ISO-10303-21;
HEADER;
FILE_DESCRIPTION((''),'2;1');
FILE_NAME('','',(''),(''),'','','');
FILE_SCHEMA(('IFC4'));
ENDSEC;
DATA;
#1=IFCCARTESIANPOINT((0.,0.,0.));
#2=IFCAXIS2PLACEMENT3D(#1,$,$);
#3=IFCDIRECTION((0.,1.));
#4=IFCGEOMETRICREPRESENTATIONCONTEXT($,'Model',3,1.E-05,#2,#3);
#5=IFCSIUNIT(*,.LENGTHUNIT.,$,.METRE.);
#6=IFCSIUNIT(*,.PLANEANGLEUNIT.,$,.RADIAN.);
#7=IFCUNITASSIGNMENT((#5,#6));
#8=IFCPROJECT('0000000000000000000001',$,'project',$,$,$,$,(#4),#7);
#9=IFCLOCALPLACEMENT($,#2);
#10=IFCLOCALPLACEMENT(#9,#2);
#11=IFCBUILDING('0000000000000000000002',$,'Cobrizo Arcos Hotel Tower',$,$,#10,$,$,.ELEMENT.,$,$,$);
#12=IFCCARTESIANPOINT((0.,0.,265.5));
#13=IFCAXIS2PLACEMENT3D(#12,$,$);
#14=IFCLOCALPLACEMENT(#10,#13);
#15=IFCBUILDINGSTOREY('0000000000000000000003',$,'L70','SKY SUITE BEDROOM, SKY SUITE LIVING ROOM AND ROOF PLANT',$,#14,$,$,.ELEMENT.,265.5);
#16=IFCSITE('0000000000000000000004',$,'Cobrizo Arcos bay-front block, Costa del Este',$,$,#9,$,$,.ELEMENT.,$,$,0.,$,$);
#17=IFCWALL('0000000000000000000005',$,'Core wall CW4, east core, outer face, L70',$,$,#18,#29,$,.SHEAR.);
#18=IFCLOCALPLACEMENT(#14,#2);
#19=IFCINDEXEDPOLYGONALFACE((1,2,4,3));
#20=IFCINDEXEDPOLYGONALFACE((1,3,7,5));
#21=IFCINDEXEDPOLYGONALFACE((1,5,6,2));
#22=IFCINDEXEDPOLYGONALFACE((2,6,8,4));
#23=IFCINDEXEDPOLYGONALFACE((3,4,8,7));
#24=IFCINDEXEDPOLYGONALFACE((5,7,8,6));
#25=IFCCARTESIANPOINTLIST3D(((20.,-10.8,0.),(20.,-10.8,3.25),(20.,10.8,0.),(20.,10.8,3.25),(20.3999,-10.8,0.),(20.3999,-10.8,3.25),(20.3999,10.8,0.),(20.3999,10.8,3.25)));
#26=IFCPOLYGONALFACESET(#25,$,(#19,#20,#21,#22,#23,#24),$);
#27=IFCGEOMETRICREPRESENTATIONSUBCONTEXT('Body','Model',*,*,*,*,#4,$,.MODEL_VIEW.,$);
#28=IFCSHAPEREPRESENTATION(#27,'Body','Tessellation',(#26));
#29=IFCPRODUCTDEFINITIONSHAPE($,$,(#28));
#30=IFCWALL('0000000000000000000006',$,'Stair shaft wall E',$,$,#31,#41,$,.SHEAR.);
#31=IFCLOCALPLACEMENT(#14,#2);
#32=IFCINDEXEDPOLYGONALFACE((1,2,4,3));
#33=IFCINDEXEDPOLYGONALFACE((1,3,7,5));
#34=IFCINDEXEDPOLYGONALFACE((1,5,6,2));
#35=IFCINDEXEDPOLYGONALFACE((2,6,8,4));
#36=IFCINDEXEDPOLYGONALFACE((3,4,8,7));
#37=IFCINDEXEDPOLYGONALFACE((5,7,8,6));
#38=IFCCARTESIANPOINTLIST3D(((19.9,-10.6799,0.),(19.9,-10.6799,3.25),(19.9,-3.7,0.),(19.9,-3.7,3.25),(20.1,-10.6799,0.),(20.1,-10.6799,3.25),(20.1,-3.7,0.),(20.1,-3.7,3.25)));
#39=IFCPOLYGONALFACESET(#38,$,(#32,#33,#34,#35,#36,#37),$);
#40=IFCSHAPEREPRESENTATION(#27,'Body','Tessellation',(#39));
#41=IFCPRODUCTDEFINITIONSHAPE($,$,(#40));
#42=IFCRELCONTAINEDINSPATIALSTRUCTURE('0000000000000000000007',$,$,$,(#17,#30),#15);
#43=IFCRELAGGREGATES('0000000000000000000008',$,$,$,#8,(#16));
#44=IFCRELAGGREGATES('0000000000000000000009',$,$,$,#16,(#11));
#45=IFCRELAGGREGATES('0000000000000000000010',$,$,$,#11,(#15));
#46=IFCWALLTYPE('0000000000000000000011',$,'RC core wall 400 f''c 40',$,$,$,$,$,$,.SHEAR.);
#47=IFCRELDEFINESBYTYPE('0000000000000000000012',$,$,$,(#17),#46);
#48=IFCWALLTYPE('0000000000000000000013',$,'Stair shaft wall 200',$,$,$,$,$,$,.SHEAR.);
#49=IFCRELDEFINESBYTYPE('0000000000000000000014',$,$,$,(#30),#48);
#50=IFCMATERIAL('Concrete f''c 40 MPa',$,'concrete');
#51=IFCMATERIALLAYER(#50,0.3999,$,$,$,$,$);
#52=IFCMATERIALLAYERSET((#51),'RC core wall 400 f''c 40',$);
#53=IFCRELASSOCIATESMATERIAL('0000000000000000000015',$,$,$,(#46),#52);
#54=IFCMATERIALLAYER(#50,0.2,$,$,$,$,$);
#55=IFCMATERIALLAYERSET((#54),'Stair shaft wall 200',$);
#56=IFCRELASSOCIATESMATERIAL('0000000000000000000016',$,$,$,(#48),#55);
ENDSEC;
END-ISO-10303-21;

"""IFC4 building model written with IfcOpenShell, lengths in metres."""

from ifc_helpers import new_model, si_unit, direction, frame, frame_2d, origin, place, context, subcontext, project, spatial, rectangle, extrude, material, layer, layer_set, type_object, element, save


model = new_model("IFC4")

# Units and contexts
model_context = context("Model", 3, precision=1e-05, world=origin(), true_north=direction((0.0, 1.0)))
body_context = subcontext(model_context, "Body", "Model", "MODEL_VIEW")
ifc_project = project(units=[si_unit("LENGTHUNIT", "METRE"), si_unit("PLANEANGLEUNIT", "RADIAN")], contexts=[model_context])

# Site, building, storey
site_placement = place(None, origin())
site = spatial("IfcSite", under=ifc_project, at=site_placement, Name="Cobrizo Arcos bay-front block, Costa del Este", CompositionType="ELEMENT", RefElevation=0.0)
building_placement = place(site_placement, origin())
building = spatial("IfcBuilding", under=site, at=building_placement, Name="Cobrizo Arcos Hotel Tower", CompositionType="ELEMENT")
storey_placement = place(building_placement, frame((0.0, 0.0, 265.5)))
storey = spatial("IfcBuildingStorey", under=building, at=storey_placement, Name="L70", Description="SKY SUITE BEDROOM, SKY SUITE LIVING ROOM AND ROOF PLANT", CompositionType="ELEMENT", Elevation=265.5)

# Shared definitions
ifc_material_1 = material(Name="Concrete f'c 40 MPa", Category="concrete")
ifc_layer_1 = layer(ifc_material_1, 0.3999)
ifc_layer_set_1 = layer_set([ifc_layer_1], Name="RC core wall 400 f'c 40")
wall_type_1 = type_object("IfcWallType", Name="RC core wall 400 f'c 40", PredefinedType="SHEAR", material=ifc_layer_set_1)

# Walls
wall_1_placement = place(storey_placement, frame((20.2, -10.8, 0.0), z_axis=(0.0, 0.0, 1.0), x_axis=(0.0, 1.0, 0.0)))
element("IfcWall", 1, at=wall_1_placement, inside=storey, type_object=wall_type_1, Name="Core wall CW4, east core, outer face, L70", PredefinedType="SHEAR", context=body_context, shape_type="SweptSolid", body=[
    extrude(rectangle(XDim=21.6001, YDim=0.3999, at=frame_2d((10.8, 0.0))), origin(), (0.0, 0.0, 1.0), 3.25),
])
ifc_layer_2 = layer(ifc_material_1, 0.2)
ifc_layer_set_2 = layer_set([ifc_layer_2], Name="Stair shaft wall 200")
wall_type_2 = type_object("IfcWallType", Name="Stair shaft wall 200", PredefinedType="SHEAR", material=ifc_layer_set_2)
wall_2_placement = place(storey_placement, frame((20.0, -10.6799, 0.0), z_axis=(0.0, 0.0, 1.0), x_axis=(0.0, 1.0, 0.0)))
element("IfcWall", 2, at=wall_2_placement, inside=storey, type_object=wall_type_2, Name="Stair shaft wall E", PredefinedType="SHEAR", context=body_context, shape_type="SweptSolid", body=[
    extrude(rectangle(XDim=6.98, YDim=0.2, at=frame_2d((3.49, 0.0))), origin(), (0.0, 0.0, 1.0), 3.25),
])

save(model, "model.ifc")
